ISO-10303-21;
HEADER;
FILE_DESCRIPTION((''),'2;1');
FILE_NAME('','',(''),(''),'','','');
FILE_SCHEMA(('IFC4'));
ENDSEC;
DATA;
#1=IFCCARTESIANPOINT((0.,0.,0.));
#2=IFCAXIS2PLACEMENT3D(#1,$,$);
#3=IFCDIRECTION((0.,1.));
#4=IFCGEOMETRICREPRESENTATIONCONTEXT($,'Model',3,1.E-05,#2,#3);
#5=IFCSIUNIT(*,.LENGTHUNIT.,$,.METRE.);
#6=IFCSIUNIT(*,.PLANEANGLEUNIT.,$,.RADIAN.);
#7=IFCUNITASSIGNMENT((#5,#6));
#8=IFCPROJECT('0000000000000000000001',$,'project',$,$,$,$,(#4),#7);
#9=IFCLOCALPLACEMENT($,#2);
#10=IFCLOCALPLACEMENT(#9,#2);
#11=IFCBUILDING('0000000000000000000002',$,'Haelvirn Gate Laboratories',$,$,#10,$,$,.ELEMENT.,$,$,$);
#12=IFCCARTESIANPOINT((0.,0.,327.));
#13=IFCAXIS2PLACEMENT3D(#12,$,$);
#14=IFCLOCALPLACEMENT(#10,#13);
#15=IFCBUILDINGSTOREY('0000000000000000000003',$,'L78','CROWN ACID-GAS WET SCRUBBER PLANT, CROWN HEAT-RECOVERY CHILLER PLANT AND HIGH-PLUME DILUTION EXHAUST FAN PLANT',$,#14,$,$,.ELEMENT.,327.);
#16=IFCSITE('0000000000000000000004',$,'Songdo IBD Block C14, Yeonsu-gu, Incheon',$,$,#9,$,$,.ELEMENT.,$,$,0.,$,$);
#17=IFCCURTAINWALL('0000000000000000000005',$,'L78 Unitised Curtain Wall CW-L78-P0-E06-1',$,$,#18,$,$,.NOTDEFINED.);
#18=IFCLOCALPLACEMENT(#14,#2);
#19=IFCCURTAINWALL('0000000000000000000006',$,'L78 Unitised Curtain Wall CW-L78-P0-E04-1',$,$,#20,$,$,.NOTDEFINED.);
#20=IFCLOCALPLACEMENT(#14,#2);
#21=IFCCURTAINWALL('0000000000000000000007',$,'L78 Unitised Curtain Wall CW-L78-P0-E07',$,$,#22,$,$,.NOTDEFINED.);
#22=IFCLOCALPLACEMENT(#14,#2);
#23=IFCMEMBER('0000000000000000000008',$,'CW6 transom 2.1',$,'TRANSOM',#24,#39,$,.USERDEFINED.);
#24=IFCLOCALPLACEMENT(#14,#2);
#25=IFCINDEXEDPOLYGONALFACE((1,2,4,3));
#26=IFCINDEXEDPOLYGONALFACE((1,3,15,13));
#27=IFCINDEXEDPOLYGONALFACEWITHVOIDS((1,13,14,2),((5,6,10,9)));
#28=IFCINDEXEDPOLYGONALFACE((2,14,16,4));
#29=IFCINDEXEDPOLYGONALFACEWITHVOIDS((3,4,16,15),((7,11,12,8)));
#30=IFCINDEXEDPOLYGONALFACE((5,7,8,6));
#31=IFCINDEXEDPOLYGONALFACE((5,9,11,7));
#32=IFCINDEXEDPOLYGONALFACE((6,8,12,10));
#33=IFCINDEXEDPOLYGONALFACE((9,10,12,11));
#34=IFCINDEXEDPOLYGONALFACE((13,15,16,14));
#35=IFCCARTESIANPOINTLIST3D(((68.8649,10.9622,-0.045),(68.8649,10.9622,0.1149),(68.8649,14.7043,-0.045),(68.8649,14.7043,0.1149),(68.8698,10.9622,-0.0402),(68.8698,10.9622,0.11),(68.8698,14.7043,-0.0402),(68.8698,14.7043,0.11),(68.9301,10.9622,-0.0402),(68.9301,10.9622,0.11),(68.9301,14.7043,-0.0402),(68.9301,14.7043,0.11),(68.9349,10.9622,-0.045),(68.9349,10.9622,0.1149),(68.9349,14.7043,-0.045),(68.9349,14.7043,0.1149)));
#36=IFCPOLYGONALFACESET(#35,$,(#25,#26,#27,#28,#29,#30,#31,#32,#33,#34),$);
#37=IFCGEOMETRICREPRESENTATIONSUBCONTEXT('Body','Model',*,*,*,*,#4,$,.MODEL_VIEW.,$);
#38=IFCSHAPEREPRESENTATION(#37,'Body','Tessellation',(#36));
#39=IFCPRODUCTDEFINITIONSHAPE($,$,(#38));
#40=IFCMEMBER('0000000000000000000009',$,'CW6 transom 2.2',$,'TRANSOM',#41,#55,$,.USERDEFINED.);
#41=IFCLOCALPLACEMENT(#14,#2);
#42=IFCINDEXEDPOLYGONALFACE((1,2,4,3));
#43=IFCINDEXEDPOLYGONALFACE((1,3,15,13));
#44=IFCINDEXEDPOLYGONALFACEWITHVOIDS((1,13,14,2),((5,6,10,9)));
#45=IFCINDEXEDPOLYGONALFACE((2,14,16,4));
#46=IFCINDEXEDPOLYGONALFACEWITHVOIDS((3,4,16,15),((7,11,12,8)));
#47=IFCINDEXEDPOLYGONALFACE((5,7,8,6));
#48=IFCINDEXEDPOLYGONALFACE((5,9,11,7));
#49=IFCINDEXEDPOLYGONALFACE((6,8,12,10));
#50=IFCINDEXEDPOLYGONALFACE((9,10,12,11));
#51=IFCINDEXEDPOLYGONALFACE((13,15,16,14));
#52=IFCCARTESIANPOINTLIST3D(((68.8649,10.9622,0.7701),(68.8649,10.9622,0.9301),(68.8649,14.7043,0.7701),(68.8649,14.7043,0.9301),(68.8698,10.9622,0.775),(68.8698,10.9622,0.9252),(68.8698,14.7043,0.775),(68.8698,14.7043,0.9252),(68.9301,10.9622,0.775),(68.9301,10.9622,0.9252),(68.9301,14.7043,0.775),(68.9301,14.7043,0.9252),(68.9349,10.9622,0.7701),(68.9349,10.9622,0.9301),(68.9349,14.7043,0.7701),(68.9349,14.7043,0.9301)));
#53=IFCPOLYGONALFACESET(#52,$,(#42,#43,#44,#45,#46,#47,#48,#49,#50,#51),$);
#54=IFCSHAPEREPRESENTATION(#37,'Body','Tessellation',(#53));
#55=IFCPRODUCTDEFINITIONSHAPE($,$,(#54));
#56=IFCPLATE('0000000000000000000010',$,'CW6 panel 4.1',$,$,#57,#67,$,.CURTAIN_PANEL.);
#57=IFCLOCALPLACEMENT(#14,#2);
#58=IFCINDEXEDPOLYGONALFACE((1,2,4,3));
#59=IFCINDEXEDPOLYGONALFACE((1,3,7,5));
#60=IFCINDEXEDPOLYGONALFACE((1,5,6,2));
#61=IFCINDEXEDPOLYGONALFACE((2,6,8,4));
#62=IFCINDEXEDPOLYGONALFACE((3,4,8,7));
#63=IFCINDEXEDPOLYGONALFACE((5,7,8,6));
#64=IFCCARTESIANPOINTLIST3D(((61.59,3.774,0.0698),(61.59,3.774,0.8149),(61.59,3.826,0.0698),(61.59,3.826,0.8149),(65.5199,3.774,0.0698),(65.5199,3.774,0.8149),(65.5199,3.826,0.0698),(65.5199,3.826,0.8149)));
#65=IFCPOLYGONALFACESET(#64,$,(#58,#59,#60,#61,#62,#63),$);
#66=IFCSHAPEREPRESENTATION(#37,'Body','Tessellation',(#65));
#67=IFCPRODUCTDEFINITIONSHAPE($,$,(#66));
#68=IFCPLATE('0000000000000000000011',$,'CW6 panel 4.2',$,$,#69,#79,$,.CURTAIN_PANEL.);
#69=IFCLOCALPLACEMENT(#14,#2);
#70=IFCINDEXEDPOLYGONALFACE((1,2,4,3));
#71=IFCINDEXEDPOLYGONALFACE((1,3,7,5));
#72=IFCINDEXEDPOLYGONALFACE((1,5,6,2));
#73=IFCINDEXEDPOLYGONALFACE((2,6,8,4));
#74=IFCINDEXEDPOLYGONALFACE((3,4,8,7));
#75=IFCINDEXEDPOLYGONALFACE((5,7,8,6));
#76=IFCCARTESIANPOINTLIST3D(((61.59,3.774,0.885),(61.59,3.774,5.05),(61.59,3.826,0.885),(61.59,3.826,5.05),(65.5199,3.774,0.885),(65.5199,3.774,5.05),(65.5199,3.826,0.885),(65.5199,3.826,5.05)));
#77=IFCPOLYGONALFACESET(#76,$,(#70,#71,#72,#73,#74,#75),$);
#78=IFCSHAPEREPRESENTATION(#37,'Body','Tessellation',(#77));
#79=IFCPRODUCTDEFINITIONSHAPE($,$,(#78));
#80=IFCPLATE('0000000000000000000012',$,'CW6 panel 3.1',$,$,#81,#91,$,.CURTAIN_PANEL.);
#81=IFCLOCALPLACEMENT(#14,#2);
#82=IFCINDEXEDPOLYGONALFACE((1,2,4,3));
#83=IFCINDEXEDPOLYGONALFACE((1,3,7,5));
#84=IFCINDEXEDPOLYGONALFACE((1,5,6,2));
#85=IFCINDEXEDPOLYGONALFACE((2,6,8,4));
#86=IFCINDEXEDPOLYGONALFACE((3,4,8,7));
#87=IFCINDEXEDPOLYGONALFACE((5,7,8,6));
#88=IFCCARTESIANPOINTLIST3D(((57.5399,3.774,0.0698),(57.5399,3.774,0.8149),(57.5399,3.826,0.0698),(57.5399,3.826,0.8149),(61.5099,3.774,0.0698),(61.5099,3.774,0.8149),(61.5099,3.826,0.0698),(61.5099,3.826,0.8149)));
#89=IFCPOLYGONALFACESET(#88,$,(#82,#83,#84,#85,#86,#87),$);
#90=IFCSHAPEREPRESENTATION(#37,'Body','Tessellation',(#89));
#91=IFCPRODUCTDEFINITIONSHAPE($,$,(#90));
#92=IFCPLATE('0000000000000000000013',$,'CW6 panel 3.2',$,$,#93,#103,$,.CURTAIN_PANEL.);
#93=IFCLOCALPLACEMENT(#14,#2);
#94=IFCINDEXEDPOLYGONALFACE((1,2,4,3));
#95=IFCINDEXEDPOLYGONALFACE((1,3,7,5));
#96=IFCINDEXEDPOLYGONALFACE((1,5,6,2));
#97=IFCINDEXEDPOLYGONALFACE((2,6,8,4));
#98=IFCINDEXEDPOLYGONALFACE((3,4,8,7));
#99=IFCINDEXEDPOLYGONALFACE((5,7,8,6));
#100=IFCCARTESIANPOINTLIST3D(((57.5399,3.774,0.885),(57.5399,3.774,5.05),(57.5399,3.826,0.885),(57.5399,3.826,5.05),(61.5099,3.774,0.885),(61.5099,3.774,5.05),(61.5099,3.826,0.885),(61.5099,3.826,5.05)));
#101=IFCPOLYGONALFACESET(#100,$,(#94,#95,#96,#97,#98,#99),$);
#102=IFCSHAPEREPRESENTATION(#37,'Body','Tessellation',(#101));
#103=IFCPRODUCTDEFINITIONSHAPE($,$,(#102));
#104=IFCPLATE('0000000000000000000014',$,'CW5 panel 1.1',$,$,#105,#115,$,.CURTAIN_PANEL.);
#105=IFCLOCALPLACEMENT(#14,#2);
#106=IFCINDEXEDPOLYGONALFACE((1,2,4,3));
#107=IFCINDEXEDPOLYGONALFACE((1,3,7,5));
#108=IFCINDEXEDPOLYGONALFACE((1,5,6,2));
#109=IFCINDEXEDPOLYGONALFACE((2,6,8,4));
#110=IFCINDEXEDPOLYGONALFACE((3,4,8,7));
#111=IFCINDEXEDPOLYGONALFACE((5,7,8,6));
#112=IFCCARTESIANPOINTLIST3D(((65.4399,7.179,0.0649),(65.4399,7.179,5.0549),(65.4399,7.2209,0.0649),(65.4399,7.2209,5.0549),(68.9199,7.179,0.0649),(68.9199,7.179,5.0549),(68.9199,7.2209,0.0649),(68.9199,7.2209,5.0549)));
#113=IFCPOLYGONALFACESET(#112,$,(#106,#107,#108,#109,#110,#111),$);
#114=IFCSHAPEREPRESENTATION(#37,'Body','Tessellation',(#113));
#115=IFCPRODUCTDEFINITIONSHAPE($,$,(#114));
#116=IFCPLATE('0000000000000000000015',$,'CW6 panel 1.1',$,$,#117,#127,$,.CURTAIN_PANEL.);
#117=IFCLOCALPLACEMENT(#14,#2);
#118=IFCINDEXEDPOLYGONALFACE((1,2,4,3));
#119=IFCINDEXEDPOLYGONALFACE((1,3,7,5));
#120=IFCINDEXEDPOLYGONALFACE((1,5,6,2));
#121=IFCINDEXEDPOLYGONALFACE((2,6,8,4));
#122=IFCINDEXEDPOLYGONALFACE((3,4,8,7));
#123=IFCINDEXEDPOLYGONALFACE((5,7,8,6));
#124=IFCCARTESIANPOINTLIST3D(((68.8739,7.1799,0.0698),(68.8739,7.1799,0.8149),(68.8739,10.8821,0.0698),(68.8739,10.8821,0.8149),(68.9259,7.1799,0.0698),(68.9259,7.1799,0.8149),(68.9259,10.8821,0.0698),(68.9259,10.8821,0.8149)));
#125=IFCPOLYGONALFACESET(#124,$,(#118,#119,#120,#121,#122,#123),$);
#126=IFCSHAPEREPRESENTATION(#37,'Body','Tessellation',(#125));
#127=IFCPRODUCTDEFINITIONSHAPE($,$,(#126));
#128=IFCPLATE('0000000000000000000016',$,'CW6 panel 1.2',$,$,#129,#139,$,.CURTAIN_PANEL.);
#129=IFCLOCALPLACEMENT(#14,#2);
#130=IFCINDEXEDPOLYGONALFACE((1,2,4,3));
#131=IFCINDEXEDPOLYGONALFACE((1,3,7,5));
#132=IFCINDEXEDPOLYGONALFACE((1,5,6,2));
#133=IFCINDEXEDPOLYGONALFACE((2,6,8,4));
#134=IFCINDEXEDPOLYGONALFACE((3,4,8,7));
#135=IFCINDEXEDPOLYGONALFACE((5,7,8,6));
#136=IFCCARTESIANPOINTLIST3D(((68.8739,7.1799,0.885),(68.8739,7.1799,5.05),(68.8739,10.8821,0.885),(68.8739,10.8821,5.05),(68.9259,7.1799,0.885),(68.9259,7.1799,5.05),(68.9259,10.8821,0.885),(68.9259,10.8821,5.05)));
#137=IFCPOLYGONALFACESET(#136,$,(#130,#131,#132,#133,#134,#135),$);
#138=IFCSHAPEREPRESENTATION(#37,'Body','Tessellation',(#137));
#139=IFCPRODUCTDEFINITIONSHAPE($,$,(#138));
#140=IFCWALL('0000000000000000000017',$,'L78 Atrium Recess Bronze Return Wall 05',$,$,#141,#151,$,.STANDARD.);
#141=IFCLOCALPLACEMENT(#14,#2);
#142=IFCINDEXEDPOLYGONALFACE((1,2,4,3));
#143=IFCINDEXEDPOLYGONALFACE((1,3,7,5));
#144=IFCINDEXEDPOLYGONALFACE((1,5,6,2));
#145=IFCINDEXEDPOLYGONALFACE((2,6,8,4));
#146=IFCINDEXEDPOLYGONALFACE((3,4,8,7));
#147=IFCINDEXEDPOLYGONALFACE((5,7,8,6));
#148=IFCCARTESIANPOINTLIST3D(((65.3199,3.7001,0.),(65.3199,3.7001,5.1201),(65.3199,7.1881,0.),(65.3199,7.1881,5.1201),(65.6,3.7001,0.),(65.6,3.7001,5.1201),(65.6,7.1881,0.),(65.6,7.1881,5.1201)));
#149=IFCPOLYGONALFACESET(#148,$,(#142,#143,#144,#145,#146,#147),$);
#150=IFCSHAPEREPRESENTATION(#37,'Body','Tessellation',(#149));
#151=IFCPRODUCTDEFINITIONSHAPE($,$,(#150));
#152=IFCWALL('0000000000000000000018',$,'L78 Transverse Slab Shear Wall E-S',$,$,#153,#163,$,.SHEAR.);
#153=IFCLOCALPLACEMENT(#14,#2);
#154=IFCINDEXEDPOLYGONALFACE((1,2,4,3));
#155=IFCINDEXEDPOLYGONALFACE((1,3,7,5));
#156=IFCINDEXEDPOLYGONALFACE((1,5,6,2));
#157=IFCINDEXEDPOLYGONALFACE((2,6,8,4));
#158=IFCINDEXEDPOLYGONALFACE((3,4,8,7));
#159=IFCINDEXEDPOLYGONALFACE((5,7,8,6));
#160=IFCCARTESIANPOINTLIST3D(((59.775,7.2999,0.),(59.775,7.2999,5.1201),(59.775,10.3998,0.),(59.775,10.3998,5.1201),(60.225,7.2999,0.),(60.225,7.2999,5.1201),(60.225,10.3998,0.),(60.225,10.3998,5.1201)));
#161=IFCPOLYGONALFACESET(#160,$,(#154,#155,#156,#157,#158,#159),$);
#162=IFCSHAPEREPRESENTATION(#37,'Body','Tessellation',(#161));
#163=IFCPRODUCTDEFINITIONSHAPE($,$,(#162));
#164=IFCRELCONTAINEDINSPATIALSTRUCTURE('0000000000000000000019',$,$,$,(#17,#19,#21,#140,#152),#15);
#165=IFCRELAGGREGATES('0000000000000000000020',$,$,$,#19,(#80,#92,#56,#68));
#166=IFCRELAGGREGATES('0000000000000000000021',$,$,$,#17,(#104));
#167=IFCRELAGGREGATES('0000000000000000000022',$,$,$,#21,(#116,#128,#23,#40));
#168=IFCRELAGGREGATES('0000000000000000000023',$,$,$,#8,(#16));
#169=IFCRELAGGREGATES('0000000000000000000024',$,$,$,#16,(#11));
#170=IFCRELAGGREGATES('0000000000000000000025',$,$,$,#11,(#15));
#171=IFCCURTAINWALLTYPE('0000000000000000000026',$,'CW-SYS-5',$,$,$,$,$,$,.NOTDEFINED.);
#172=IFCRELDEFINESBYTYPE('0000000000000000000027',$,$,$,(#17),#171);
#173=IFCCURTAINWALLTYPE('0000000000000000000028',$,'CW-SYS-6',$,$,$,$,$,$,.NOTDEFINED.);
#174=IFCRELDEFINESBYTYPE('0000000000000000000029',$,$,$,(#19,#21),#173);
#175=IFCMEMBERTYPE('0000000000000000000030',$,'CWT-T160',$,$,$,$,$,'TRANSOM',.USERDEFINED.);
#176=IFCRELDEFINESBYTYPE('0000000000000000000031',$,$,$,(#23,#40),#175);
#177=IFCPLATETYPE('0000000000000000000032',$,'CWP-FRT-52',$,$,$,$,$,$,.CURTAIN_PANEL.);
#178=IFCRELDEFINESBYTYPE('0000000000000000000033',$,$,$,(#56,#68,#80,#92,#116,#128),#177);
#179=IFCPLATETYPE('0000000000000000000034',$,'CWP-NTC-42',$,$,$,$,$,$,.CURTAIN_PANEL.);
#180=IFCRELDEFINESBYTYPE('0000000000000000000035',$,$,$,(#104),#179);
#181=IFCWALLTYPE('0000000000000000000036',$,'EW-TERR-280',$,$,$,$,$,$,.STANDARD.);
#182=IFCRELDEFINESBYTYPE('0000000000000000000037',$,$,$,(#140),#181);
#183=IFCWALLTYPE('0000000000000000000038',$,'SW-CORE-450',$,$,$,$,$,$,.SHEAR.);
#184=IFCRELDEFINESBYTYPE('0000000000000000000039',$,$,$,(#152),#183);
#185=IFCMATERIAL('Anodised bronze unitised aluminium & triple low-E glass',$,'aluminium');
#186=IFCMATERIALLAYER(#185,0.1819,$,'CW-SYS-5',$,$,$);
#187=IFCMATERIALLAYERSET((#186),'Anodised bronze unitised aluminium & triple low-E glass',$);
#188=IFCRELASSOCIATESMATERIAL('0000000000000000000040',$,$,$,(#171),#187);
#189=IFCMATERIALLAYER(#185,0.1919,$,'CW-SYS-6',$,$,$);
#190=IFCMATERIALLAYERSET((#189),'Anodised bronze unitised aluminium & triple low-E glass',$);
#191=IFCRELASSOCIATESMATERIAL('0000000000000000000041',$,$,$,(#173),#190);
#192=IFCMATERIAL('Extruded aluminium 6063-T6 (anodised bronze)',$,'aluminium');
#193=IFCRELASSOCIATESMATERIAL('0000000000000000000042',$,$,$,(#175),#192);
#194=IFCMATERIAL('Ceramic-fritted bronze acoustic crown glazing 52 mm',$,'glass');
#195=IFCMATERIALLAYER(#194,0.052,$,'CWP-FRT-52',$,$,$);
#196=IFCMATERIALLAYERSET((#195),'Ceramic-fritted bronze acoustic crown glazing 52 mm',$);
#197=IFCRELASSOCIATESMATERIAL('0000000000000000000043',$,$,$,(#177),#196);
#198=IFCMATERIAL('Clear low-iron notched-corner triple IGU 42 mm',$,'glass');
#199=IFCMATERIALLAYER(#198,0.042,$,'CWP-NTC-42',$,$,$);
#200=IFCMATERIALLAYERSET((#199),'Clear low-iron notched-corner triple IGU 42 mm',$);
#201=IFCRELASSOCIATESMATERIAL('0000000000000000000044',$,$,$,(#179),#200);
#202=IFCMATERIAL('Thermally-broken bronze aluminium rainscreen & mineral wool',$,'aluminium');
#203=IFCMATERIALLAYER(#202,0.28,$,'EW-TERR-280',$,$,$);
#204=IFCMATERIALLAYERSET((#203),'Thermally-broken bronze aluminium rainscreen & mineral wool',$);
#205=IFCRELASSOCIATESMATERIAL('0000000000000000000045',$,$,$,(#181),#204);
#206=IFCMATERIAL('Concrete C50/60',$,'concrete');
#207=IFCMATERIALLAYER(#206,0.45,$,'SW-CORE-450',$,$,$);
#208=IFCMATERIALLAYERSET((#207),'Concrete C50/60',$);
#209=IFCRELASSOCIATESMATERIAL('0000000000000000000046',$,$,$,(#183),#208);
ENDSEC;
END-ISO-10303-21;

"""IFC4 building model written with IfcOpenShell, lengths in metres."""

from ifc_helpers import new_model, si_unit, direction, frame, frame_2d, origin, origin_2d, place, context, subcontext, project, spatial, rectangle, hollow_rectangle, extrude, source, transform, mapped, material, layer, layer_set, material_profile, profile_set, type_object, type_shapes, element, aggregate, save


model = new_model("IFC4")

# Units and contexts
model_context = context("Model", 3, precision=1e-05, world=origin(), true_north=direction((0.0, 1.0)))
body_context = subcontext(model_context, "Body", "Model", "MODEL_VIEW")
ifc_project = project(units=[si_unit("LENGTHUNIT", "METRE"), si_unit("PLANEANGLEUNIT", "RADIAN")], contexts=[model_context])

# Site, building, storey
site_placement = place(None, origin())
site = spatial("IfcSite", under=ifc_project, at=site_placement, Name="Songdo IBD Block C14, Yeonsu-gu, Incheon", CompositionType="ELEMENT", RefElevation=0.0)
building_placement = place(site_placement, origin())
building = spatial("IfcBuilding", under=site, at=building_placement, Name="Haelvirn Gate Laboratories", CompositionType="ELEMENT")
storey_placement = place(building_placement, frame((0.0, 0.0, 327.0)))
storey = spatial("IfcBuildingStorey", under=building, at=storey_placement, Name="L78", Description="CROWN ACID-GAS WET SCRUBBER PLANT, CROWN HEAT-RECOVERY CHILLER PLANT AND HIGH-PLUME DILUTION EXHAUST FAN PLANT", CompositionType="ELEMENT", Elevation=327.0)

# Shared definitions
ifc_material_1 = material(Name="Concrete C50/60", Category="concrete")

# Curtain walls
ifc_material_2 = material(Name="Anodised bronze unitised aluminium & triple low-E glass", Category="aluminium")
ifc_layer_1 = layer(ifc_material_2, 0.1819, Name="CW-SYS-5")
ifc_layer_set_1 = layer_set([ifc_layer_1], Name="Anodised bronze unitised aluminium & triple low-E glass")
curtain_wall_type_1 = type_object("IfcCurtainWallType", Name="CW-SYS-5", PredefinedType="NOTDEFINED", material=ifc_layer_set_1)
curtain_wall_1_placement = place(storey_placement, origin())
curtain_wall_1 = element("IfcCurtainWall", 1, at=curtain_wall_1_placement, inside=storey, type_object=curtain_wall_type_1, Name="L78 Unitised Curtain Wall CW-L78-P0-E06-1", PredefinedType="NOTDEFINED")
ifc_material_3 = material(Name="Extruded aluminium 6063-T6 (anodised bronze)", Category="aluminium")
ifc_layer_2 = layer(ifc_material_2, 0.1919, Name="CW-SYS-6")
ifc_layer_set_2 = layer_set([ifc_layer_2], Name="Anodised bronze unitised aluminium & triple low-E glass")
curtain_wall_type_2 = type_object("IfcCurtainWallType", Name="CW-SYS-6", PredefinedType="NOTDEFINED", material=ifc_layer_set_2)
curtain_wall_2_placement = place(storey_placement, origin())
curtain_wall_2 = element("IfcCurtainWall", 2, at=curtain_wall_2_placement, inside=storey, type_object=curtain_wall_type_2, Name="L78 Unitised Curtain Wall CW-L78-P0-E04-1", PredefinedType="NOTDEFINED")

# Curtain wall
curtain_wall_3_placement = place(storey_placement, origin())
curtain_wall_3 = element("IfcCurtainWall", 3, at=curtain_wall_3_placement, inside=storey, type_object=curtain_wall_type_2, Name="L78 Unitised Curtain Wall CW-L78-P0-E07", PredefinedType="NOTDEFINED")

# Members
ifc_material_profile_1 = material_profile(ifc_material_3, hollow_rectangle(XDim=0.0701, YDim=0.1599, WallThickness=0.0049, at=origin_2d()), Name="CWT-160x70x5")
ifc_profile_set_1 = profile_set([ifc_material_profile_1], Name="Extruded aluminium 6063-T6 (anodised bronze)")
member_type_1 = type_object("IfcMemberType", Name="CWT-T160", ElementType="TRANSOM", PredefinedType="USERDEFINED", material=ifc_profile_set_1)
shared_shape_1 = source(origin(), body_context, "Body", "SweptSolid", [
    extrude(hollow_rectangle(XDim=0.0701, YDim=0.1599, WallThickness=0.0049, at=origin_2d()), origin(), (0.0, 0.0, 1.0), 3.7422),
])
member_1_placement = place(storey_placement, frame((68.8999, 10.9622, 0.0349), z_axis=(0.0, 1.0, 0.0), x_axis=(-1.0, 0.0, 0.0)))
member_1 = element("IfcMember", 4, at=member_1_placement, type_object=member_type_1, Name="CW6 transom 2.1", ObjectType="TRANSOM", PredefinedType="USERDEFINED", context=body_context, shape_type="MappedRepresentation", body=[
    mapped(shared_shape_1, transform((0.0, 0.0, 0.0), scale=1.0)),
])
member_2_placement = place(storey_placement, frame((68.8999, 10.9622, 0.8501), z_axis=(0.0, 1.0, 0.0), x_axis=(-1.0, 0.0, 0.0)))
member_2 = element("IfcMember", 5, at=member_2_placement, type_object=member_type_1, Name="CW6 transom 2.2", ObjectType="TRANSOM", PredefinedType="USERDEFINED", context=body_context, shape_type="MappedRepresentation", body=[
    mapped(shared_shape_1, transform((0.0, 0.0, 0.0), scale=1.0)),
])

# Plates
ifc_material_4 = material(Name="Ceramic-fritted bronze acoustic crown glazing 52 mm", Category="glass")
ifc_layer_3 = layer(ifc_material_4, 0.052, Name="CWP-FRT-52")
ifc_layer_set_3 = layer_set([ifc_layer_3], Name="Ceramic-fritted bronze acoustic crown glazing 52 mm")
plate_type_1 = type_object("IfcPlateType", Name="CWP-FRT-52", PredefinedType="CURTAIN_PANEL", material=ifc_layer_set_3)
shared_shape_2 = source(origin(), body_context, "Body", "SweptSolid", [
    extrude(rectangle(XDim=3.9299, YDim=0.052, at=origin_2d()), origin(), (0.0, 0.0, 1.0), 0.7451),
])
plate_1_placement = place(storey_placement, frame((63.5549, 3.8, 0.0698), z_axis=(0.0, 0.0, 1.0), x_axis=(1.0, 0.0, 0.0)))
plate_1 = element("IfcPlate", 6, at=plate_1_placement, type_object=plate_type_1, Name="CW6 panel 4.1", PredefinedType="CURTAIN_PANEL", context=body_context, shape_type="MappedRepresentation", body=[
    mapped(shared_shape_2, transform((0.0, 0.0, 0.0), scale=1.0)),
])
shared_shape_3 = source(origin(), body_context, "Body", "SweptSolid", [
    extrude(rectangle(XDim=3.9299, YDim=0.052, at=origin_2d()), origin(), (0.0, 0.0, 1.0), 4.165),
])
plate_2_placement = place(storey_placement, frame((63.5549, 3.8, 0.885), z_axis=(0.0, 0.0, 1.0), x_axis=(1.0, 0.0, 0.0)))
plate_2 = element("IfcPlate", 7, at=plate_2_placement, type_object=plate_type_1, Name="CW6 panel 4.2", PredefinedType="CURTAIN_PANEL", context=body_context, shape_type="MappedRepresentation", body=[
    mapped(shared_shape_3, transform((0.0, 0.0, 0.0), scale=1.0)),
])
shared_shape_4 = source(origin(), body_context, "Body", "SweptSolid", [
    extrude(rectangle(XDim=3.97, YDim=0.052, at=origin_2d()), origin(), (0.0, 0.0, 1.0), 0.7451),
])
plate_3_placement = place(storey_placement, frame((59.5249, 3.8, 0.0698), z_axis=(0.0, 0.0, 1.0), x_axis=(1.0, 0.0, 0.0)))
plate_3 = element("IfcPlate", 8, at=plate_3_placement, type_object=plate_type_1, Name="CW6 panel 3.1", PredefinedType="CURTAIN_PANEL", context=body_context, shape_type="MappedRepresentation", body=[
    mapped(shared_shape_4, transform((0.0, 0.0, 0.0), scale=1.0)),
])
shared_shape_5 = source(origin(), body_context, "Body", "SweptSolid", [
    extrude(rectangle(XDim=3.97, YDim=0.052, at=origin_2d()), origin(), (0.0, 0.0, 1.0), 4.165),
])
plate_4_placement = place(storey_placement, frame((59.5249, 3.8, 0.885), z_axis=(0.0, 0.0, 1.0), x_axis=(1.0, 0.0, 0.0)))
plate_4 = element("IfcPlate", 9, at=plate_4_placement, type_object=plate_type_1, Name="CW6 panel 3.2", PredefinedType="CURTAIN_PANEL", context=body_context, shape_type="MappedRepresentation", body=[
    mapped(shared_shape_5, transform((0.0, 0.0, 0.0), scale=1.0)),
])
aggregate(curtain_wall_2, [plate_3, plate_4, plate_1, plate_2])
ifc_material_5 = material(Name="Clear low-iron notched-corner triple IGU 42 mm", Category="glass")
ifc_layer_4 = layer(ifc_material_5, 0.042, Name="CWP-NTC-42")
ifc_layer_set_4 = layer_set([ifc_layer_4], Name="Clear low-iron notched-corner triple IGU 42 mm")
plate_type_2 = type_object("IfcPlateType", Name="CWP-NTC-42", PredefinedType="CURTAIN_PANEL", material=ifc_layer_set_4)
shared_shape_6 = source(origin(), body_context, "Body", "SweptSolid", [
    extrude(rectangle(XDim=3.48, YDim=0.042, at=origin_2d()), origin(), (0.0, 0.0, 1.0), 4.99),
])
type_shapes(plate_type_2, [shared_shape_6])
plate_5_placement = place(storey_placement, frame((67.1799, 7.2, 0.0649), z_axis=(0.0, 0.0, 1.0), x_axis=(1.0, 0.0, 0.0)))
plate_5 = element("IfcPlate", 10, at=plate_5_placement, type_object=plate_type_2, Name="CW5 panel 1.1", PredefinedType="CURTAIN_PANEL", context=body_context, shape_type="MappedRepresentation", body=[
    mapped(shared_shape_6, transform((0.0, 0.0, 0.0), scale=1.0)),
])
aggregate(curtain_wall_1, [plate_5])
shared_shape_7 = source(origin(), body_context, "Body", "SweptSolid", [
    extrude(rectangle(XDim=3.7021, YDim=0.052, at=origin_2d()), origin(), (0.0, 0.0, 1.0), 0.7451),
])
plate_6_placement = place(storey_placement, frame((68.8999, 9.031, 0.0698), z_axis=(0.0, 0.0, 1.0), x_axis=(0.0, 1.0, 0.0)))
plate_6 = element("IfcPlate", 11, at=plate_6_placement, type_object=plate_type_1, Name="CW6 panel 1.1", PredefinedType="CURTAIN_PANEL", context=body_context, shape_type="MappedRepresentation", body=[
    mapped(shared_shape_7, transform((0.0, 0.0, 0.0), scale=1.0)),
])
shared_shape_8 = source(origin(), body_context, "Body", "SweptSolid", [
    extrude(rectangle(XDim=3.7021, YDim=0.052, at=origin_2d()), origin(), (0.0, 0.0, 1.0), 4.165),
])
type_shapes(plate_type_1, [shared_shape_2, shared_shape_3, shared_shape_4, shared_shape_5, shared_shape_7, shared_shape_8])
plate_7_placement = place(storey_placement, frame((68.8999, 9.031, 0.885), z_axis=(0.0, 0.0, 1.0), x_axis=(0.0, 1.0, 0.0)))
plate_7 = element("IfcPlate", 12, at=plate_7_placement, type_object=plate_type_1, Name="CW6 panel 1.2", PredefinedType="CURTAIN_PANEL", context=body_context, shape_type="MappedRepresentation", body=[
    mapped(shared_shape_8, transform((0.0, 0.0, 0.0), scale=1.0)),
])
aggregate(curtain_wall_3, [plate_6, plate_7, member_1, member_2])

# Walls
ifc_material_6 = material(Name="Thermally-broken bronze aluminium rainscreen & mineral wool", Category="aluminium")
ifc_layer_5 = layer(ifc_material_6, 0.28, Name="EW-TERR-280")
ifc_layer_set_5 = layer_set([ifc_layer_5], Name="Thermally-broken bronze aluminium rainscreen & mineral wool")
wall_type_1 = type_object("IfcWallType", Name="EW-TERR-280", PredefinedType="STANDARD", material=ifc_layer_set_5)
wall_1_placement = place(storey_placement, frame((65.46, 3.7, 0.0), z_axis=(0.0, 0.0, 1.0), x_axis=(0.0, 1.0, 0.0)))
element("IfcWall", 13, at=wall_1_placement, inside=storey, type_object=wall_type_1, Name="L78 Atrium Recess Bronze Return Wall 05", PredefinedType="STANDARD", context=body_context, shape_type="SweptSolid", body=[
    extrude(rectangle(XDim=3.488, YDim=0.28, at=frame_2d((1.7441, 0.0))), origin(), (0.0, 0.0, 1.0), 5.1201),
])
ifc_layer_6 = layer(ifc_material_1, 0.45, Name="SW-CORE-450")
ifc_layer_set_6 = layer_set([ifc_layer_6], Name="Concrete C50/60")
wall_type_2 = type_object("IfcWallType", Name="SW-CORE-450", PredefinedType="SHEAR", material=ifc_layer_set_6)
wall_2_placement = place(storey_placement, frame((60.0, 7.3, 0.0), z_axis=(0.0, 0.0, 1.0), x_axis=(0.0, 1.0, 0.0)))
element("IfcWall", 14, at=wall_2_placement, inside=storey, type_object=wall_type_2, Name="L78 Transverse Slab Shear Wall E-S", PredefinedType="SHEAR", context=body_context, shape_type="SweptSolid", body=[
    extrude(rectangle(XDim=3.0999, YDim=0.45, at=frame_2d((1.5498, 0.0))), origin(), (0.0, 0.0, 1.0), 5.1201),
])

save(model, "model.ifc")
